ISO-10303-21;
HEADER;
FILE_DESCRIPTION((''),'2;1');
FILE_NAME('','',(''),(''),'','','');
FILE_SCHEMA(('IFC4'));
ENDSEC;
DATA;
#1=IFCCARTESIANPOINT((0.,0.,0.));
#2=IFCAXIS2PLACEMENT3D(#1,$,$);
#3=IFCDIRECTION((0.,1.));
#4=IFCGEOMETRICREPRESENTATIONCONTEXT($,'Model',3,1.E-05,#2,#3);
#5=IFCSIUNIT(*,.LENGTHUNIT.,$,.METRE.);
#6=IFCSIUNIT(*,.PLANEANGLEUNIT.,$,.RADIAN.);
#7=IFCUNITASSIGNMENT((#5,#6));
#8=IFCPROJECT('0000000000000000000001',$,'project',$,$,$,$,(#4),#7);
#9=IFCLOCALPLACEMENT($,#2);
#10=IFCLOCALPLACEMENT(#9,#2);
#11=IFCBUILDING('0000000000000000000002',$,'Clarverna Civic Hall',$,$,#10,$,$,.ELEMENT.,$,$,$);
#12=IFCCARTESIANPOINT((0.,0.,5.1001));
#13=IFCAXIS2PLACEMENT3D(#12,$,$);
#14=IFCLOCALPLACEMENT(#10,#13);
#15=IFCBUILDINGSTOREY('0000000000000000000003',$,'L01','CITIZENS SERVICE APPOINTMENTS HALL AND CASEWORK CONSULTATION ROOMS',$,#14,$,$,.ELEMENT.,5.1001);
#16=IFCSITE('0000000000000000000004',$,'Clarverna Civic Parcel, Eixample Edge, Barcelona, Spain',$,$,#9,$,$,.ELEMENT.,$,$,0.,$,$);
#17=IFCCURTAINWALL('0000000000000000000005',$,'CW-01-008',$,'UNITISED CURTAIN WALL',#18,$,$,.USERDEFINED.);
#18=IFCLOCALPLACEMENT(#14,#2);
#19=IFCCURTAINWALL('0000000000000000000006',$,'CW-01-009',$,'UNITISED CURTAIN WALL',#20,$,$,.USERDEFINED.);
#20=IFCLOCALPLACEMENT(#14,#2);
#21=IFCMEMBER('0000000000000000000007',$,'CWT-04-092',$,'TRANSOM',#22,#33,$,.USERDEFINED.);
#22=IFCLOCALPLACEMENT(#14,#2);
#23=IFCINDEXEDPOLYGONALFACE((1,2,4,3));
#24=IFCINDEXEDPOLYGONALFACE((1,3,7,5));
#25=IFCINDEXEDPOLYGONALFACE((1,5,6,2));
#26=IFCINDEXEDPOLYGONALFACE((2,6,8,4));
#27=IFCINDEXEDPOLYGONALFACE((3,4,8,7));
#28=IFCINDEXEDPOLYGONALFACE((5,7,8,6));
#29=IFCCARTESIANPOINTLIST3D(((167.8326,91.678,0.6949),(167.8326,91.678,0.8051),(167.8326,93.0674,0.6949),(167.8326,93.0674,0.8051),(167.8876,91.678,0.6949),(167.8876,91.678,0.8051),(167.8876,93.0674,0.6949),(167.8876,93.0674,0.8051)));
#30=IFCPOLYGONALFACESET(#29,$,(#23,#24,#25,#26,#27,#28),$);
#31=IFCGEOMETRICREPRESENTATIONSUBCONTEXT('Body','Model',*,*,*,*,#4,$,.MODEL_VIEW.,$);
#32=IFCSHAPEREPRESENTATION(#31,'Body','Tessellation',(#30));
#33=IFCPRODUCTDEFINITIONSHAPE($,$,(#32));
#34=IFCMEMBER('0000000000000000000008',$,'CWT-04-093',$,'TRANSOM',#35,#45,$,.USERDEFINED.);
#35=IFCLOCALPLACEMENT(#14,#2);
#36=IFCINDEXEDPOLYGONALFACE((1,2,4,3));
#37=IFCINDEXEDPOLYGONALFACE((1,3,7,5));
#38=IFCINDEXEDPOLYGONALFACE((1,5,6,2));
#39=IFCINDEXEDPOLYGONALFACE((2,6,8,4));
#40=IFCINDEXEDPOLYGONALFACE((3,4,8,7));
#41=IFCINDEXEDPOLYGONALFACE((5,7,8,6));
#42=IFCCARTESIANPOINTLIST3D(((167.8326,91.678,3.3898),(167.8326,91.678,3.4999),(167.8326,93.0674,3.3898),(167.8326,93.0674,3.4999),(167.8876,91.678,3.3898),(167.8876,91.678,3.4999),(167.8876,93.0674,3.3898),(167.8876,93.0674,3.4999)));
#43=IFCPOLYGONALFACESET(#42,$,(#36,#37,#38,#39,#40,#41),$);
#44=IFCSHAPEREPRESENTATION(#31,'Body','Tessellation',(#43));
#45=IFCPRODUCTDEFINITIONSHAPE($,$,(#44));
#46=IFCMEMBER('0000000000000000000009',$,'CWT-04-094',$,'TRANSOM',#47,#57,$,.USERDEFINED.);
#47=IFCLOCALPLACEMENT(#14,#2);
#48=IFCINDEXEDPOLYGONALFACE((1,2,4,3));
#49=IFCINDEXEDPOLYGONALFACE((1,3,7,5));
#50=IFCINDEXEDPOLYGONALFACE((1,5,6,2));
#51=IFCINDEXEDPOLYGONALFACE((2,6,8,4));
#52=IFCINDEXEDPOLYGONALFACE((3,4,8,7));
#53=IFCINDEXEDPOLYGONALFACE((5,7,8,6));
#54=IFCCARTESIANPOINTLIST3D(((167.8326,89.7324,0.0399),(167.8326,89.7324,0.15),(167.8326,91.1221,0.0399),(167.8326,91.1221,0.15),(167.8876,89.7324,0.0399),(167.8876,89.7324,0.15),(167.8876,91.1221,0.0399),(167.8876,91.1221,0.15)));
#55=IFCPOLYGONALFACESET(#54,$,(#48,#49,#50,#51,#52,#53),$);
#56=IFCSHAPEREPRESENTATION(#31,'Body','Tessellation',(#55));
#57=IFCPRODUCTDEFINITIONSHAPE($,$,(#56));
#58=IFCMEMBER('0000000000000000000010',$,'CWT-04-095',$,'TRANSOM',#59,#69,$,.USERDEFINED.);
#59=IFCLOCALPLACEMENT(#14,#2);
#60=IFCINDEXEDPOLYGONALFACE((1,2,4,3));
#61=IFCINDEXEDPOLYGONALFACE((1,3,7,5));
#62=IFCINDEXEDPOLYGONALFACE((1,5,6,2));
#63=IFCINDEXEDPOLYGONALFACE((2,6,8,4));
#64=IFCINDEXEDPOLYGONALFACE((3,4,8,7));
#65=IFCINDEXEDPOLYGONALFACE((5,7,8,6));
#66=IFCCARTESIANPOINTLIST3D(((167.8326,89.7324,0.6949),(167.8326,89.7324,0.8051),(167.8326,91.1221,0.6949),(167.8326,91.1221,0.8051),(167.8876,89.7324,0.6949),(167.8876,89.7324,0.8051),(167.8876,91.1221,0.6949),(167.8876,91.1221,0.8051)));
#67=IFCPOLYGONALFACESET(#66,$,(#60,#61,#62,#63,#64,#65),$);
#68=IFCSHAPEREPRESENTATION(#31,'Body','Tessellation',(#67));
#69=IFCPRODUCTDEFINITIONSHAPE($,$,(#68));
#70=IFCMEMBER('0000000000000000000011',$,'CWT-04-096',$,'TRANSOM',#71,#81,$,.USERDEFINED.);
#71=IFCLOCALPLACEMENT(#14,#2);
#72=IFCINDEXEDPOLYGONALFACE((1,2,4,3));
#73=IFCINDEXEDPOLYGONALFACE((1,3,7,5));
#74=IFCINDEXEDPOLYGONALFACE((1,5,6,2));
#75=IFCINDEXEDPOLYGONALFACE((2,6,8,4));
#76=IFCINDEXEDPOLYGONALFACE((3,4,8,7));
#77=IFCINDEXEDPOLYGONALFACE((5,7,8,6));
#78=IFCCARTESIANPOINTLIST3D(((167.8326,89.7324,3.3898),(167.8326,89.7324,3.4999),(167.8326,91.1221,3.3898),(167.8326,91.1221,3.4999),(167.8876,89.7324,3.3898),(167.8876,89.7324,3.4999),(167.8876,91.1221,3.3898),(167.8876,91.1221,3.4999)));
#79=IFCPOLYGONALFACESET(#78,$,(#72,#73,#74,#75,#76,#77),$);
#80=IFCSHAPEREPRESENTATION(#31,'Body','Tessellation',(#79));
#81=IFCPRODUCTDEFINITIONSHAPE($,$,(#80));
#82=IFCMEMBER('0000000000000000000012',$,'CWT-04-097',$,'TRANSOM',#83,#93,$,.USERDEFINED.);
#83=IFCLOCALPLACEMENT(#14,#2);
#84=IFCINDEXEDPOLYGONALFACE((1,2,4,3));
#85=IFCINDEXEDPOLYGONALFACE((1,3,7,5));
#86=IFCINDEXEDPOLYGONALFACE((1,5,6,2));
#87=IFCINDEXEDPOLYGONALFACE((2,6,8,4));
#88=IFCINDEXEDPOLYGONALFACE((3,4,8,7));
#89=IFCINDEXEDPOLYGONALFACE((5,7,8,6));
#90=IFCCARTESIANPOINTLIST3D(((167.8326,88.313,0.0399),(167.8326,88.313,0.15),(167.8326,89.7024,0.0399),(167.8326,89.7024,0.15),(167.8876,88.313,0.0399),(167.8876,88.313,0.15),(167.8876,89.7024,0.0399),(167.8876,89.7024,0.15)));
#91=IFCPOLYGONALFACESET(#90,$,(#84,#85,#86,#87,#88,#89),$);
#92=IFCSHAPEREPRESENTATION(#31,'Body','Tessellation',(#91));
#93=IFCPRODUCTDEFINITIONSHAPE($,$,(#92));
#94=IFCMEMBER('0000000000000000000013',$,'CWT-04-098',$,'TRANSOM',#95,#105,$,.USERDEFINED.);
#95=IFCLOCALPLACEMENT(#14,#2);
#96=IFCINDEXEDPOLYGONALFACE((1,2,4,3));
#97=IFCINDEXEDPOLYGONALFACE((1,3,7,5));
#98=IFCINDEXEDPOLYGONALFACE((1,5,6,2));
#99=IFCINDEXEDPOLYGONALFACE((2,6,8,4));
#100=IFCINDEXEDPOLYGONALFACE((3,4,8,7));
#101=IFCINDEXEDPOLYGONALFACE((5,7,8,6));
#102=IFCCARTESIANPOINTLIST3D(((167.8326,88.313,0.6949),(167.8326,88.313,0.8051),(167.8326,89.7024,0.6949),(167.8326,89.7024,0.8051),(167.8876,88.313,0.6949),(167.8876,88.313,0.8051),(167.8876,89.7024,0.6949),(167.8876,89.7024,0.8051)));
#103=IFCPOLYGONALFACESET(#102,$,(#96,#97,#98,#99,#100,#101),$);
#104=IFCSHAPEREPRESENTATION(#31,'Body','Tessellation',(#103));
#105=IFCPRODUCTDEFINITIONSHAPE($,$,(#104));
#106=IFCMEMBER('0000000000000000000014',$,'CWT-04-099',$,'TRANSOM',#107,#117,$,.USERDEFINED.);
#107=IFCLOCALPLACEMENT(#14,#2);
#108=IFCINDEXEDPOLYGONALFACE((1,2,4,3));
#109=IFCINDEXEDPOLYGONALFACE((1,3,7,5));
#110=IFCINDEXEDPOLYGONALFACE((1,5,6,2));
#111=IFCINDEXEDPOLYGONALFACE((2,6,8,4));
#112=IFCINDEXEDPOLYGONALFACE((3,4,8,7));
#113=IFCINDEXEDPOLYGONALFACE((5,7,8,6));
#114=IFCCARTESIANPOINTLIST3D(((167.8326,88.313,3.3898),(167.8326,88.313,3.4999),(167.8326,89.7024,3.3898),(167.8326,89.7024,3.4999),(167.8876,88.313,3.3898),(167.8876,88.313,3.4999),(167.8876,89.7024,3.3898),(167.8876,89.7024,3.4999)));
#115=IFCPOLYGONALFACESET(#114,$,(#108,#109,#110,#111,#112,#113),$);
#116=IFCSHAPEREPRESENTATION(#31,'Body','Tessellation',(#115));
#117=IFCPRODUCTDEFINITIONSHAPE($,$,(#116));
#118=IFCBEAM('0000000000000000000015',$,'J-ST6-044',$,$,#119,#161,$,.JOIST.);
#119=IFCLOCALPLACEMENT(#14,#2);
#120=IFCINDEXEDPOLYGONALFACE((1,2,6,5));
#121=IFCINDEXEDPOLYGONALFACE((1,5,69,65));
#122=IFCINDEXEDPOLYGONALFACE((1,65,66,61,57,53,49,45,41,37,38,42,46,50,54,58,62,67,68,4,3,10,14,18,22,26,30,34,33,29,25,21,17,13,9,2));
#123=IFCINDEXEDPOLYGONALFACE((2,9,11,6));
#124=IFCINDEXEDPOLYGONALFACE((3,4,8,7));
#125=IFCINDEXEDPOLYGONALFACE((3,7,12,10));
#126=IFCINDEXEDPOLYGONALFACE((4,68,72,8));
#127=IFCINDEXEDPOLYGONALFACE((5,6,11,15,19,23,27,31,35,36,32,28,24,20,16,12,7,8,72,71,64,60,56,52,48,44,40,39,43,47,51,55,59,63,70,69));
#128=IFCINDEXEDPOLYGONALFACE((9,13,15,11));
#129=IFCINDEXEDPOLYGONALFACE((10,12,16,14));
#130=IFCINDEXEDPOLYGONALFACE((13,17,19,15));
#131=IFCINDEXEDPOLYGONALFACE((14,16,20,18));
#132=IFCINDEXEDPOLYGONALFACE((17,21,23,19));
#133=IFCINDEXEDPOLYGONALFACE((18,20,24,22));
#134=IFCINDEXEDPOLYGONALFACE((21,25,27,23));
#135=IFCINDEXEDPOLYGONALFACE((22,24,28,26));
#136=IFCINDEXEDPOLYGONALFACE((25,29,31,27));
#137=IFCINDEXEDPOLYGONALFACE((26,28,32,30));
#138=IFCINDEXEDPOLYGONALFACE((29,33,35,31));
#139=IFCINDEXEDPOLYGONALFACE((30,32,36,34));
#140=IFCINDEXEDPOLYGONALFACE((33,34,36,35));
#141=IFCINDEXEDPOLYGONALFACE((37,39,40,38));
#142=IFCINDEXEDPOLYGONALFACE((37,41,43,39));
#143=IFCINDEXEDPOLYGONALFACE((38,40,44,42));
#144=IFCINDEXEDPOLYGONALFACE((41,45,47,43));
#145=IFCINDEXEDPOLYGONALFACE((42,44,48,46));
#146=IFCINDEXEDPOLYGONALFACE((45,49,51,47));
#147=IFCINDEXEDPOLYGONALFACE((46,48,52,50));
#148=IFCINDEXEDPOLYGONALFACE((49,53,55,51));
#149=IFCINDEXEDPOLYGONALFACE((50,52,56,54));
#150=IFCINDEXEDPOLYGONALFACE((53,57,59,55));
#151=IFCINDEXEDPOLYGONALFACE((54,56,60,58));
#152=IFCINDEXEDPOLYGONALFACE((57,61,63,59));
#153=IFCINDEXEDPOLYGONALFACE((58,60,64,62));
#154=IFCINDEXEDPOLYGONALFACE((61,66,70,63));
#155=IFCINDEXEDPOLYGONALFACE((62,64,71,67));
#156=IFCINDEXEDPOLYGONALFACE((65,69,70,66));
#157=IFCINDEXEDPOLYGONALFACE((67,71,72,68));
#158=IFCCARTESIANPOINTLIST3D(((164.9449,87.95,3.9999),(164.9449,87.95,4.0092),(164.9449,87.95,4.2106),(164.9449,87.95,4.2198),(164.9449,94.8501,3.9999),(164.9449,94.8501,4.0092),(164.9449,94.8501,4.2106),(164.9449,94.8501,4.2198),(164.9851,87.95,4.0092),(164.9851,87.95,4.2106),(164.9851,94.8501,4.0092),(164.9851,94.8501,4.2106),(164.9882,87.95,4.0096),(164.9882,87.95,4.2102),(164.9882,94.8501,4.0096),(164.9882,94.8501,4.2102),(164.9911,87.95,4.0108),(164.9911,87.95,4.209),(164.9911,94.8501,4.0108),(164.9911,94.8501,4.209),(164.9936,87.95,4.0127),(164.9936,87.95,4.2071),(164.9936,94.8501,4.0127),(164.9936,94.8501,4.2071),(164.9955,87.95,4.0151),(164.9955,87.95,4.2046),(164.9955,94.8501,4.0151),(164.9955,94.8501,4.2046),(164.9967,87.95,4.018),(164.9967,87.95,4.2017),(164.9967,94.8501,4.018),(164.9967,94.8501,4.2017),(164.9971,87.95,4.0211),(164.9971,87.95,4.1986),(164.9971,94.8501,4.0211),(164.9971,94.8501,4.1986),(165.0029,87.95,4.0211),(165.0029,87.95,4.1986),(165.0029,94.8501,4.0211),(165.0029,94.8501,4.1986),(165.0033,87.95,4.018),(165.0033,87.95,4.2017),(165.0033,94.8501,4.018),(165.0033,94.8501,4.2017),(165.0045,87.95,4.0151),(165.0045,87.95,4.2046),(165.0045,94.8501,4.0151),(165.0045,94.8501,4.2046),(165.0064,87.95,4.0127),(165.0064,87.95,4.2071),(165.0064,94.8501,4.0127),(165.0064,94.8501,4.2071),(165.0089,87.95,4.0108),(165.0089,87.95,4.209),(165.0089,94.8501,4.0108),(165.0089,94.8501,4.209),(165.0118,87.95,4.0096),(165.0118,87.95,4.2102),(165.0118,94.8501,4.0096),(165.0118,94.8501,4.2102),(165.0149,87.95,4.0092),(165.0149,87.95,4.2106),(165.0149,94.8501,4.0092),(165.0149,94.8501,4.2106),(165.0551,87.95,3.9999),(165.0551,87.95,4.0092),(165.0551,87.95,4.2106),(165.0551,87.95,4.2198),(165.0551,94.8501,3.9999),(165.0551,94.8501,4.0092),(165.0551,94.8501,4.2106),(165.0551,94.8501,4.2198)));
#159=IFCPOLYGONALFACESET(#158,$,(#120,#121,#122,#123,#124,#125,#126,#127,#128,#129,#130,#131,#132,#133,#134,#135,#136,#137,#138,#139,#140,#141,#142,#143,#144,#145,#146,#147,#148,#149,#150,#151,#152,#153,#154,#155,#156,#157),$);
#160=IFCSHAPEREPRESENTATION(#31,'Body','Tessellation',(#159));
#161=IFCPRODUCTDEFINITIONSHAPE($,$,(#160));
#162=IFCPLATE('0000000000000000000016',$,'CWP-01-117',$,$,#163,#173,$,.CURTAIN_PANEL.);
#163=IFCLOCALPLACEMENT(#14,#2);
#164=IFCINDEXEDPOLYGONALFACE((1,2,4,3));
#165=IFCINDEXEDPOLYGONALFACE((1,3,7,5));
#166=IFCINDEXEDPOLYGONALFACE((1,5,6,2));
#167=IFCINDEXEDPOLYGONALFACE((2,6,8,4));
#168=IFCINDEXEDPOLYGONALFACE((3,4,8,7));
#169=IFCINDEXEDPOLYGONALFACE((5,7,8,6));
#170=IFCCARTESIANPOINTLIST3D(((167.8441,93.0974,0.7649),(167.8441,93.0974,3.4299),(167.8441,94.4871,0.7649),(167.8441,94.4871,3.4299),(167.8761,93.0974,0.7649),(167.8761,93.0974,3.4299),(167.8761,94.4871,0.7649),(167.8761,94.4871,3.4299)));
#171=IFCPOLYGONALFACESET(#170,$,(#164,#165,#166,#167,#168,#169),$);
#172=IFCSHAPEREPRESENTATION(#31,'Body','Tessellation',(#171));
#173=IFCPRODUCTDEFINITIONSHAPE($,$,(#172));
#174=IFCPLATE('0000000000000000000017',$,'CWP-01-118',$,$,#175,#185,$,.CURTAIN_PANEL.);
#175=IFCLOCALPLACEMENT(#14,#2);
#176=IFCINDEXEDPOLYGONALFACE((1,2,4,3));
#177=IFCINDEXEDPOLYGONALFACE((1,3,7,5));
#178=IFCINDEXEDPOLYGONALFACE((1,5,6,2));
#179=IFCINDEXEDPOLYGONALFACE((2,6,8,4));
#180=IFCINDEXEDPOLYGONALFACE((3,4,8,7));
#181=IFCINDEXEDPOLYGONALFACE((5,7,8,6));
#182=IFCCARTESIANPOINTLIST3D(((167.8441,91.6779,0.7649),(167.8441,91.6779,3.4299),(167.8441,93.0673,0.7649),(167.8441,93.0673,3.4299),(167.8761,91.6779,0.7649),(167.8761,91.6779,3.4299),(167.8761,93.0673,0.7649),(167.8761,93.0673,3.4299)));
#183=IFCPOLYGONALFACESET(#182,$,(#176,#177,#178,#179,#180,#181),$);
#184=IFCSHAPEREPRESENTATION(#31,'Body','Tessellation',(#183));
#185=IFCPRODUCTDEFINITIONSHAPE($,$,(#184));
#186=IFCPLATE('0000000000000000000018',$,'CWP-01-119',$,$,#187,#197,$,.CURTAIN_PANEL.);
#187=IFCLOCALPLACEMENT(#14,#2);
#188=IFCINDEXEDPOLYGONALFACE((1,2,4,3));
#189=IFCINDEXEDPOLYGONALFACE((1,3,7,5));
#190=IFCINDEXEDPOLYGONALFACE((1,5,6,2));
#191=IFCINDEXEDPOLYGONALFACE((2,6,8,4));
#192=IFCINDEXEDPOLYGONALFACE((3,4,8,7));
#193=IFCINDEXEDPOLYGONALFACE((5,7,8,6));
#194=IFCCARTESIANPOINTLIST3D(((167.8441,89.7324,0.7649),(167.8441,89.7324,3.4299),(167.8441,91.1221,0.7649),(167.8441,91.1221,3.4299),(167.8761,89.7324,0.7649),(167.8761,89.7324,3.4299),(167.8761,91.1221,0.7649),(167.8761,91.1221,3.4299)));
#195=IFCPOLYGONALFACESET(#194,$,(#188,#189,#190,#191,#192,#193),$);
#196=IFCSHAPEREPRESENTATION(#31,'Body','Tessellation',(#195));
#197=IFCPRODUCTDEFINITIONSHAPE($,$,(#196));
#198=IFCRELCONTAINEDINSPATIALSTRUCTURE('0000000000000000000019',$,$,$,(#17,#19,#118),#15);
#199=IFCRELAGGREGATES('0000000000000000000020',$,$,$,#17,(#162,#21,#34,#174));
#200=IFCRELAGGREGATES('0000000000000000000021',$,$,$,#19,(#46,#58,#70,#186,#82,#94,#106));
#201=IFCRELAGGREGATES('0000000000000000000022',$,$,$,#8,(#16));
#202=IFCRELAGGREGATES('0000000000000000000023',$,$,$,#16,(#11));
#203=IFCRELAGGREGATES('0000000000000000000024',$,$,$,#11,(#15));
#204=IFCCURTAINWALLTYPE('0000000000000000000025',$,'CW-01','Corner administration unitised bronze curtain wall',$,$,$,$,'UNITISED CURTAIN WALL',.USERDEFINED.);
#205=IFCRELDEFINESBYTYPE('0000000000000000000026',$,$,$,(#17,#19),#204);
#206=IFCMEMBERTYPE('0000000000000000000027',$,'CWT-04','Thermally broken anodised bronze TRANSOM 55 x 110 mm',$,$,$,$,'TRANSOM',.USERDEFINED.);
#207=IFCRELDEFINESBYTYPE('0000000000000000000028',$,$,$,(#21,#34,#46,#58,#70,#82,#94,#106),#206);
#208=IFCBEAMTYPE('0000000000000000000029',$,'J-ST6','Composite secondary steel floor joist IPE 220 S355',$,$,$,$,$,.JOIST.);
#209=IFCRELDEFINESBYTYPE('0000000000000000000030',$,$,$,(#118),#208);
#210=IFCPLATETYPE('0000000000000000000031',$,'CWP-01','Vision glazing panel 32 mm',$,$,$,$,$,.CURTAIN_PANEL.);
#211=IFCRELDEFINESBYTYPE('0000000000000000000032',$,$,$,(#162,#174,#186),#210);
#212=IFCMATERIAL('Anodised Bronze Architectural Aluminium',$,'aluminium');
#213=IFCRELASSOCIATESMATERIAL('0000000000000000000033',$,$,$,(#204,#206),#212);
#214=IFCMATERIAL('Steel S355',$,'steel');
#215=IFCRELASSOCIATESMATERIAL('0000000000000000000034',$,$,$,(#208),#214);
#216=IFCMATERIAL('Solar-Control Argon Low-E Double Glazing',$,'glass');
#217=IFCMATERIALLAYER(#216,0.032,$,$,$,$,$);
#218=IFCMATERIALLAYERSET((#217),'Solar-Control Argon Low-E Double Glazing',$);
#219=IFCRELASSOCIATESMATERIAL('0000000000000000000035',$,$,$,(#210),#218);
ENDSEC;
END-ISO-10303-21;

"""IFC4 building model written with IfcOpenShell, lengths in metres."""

from ifc_helpers import new_model, si_unit, direction, frame, frame_2d, origin, origin_2d, place, context, subcontext, project, spatial, rectangle, i_section, extrude, material, layer, layer_set, material_profile, profile_set, type_object, element, aggregate, save


model = new_model("IFC4")

# Units and contexts
model_context = context("Model", 3, precision=1e-05, world=origin(), true_north=direction((0.0, 1.0)))
body_context = subcontext(model_context, "Body", "Model", "MODEL_VIEW")
ifc_project = project(units=[si_unit("LENGTHUNIT", "METRE"), si_unit("PLANEANGLEUNIT", "RADIAN")], contexts=[model_context])

# Site, building, storey
site_placement = place(None, origin())
site = spatial("IfcSite", under=ifc_project, at=site_placement, Name="Clarverna Civic Parcel, Eixample Edge, Barcelona, Spain", CompositionType="ELEMENT", RefElevation=0.0)
building_placement = place(site_placement, origin())
building = spatial("IfcBuilding", under=site, at=building_placement, Name="Clarverna Civic Hall", CompositionType="ELEMENT")
storey_placement = place(building_placement, frame((0.0, 0.0, 5.1001)))
storey = spatial("IfcBuildingStorey", under=building, at=storey_placement, Name="L01", Description="CITIZENS SERVICE APPOINTMENTS HALL AND CASEWORK CONSULTATION ROOMS", CompositionType="ELEMENT", Elevation=5.1001)

# Shared definitions
ifc_material_1 = material(Name="Anodised Bronze Architectural Aluminium", Category="aluminium")
curtain_wall_type = type_object("IfcCurtainWallType", Name="CW-01", Description="Corner administration unitised bronze curtain wall", ElementType="UNITISED CURTAIN WALL", PredefinedType="USERDEFINED", material=ifc_material_1)

# Curtain walls
curtain_wall_1_placement = place(storey_placement, origin())
curtain_wall_1 = element("IfcCurtainWall", 1, at=curtain_wall_1_placement, inside=storey, type_object=curtain_wall_type, Name="CW-01-008", ObjectType="UNITISED CURTAIN WALL", PredefinedType="USERDEFINED")
curtain_wall_2_placement = place(storey_placement, origin())
curtain_wall_2 = element("IfcCurtainWall", 2, at=curtain_wall_2_placement, inside=storey, type_object=curtain_wall_type, Name="CW-01-009", ObjectType="UNITISED CURTAIN WALL", PredefinedType="USERDEFINED")

# Members
ifc_material_profile_1 = material_profile(ifc_material_1, rectangle(XDim=0.0549, YDim=0.1101, at=origin_2d()), Name="BRONZE 55x110")
ifc_profile_set_1 = profile_set([ifc_material_profile_1], Name="Anodised Bronze Architectural Aluminium")
member_type_1 = type_object("IfcMemberType", Name="CWT-04", Description="Thermally broken anodised bronze TRANSOM 55 x 110 mm", ElementType="TRANSOM", PredefinedType="USERDEFINED", material=ifc_profile_set_1)
member_1_placement = place(storey_placement, frame((167.8601, 93.0674, 0.75), z_axis=(0.0, -1.0, 0.0), x_axis=(1.0, 0.0, 0.0)))
member_1 = element("IfcMember", 3, at=member_1_placement, type_object=member_type_1, Name="CWT-04-092", ObjectType="TRANSOM", PredefinedType="USERDEFINED", context=body_context, shape_type="SweptSolid", body=[
    extrude(rectangle(XDim=0.0549, YDim=0.1101, at=origin_2d()), origin(), (0.0, 0.0, 1.0), 1.3894),
])
member_2_placement = place(storey_placement, frame((167.8601, 93.0674, 3.4448), z_axis=(0.0, -1.0, 0.0), x_axis=(1.0, 0.0, 0.0)))
member_2 = element("IfcMember", 4, at=member_2_placement, type_object=member_type_1, Name="CWT-04-093", ObjectType="TRANSOM", PredefinedType="USERDEFINED", context=body_context, shape_type="SweptSolid", body=[
    extrude(rectangle(XDim=0.0549, YDim=0.1101, at=origin_2d()), origin(), (0.0, 0.0, 1.0), 1.3894),
])
member_3_placement = place(storey_placement, frame((167.8601, 91.1221, 0.095), z_axis=(0.0, -1.0, 0.0), x_axis=(1.0, 0.0, 0.0)))
member_3 = element("IfcMember", 5, at=member_3_placement, type_object=member_type_1, Name="CWT-04-094", ObjectType="TRANSOM", PredefinedType="USERDEFINED", context=body_context, shape_type="SweptSolid", body=[
    extrude(rectangle(XDim=0.0549, YDim=0.1101, at=origin_2d()), origin(), (0.0, 0.0, 1.0), 1.3896),
])
member_4_placement = place(storey_placement, frame((167.8601, 91.1221, 0.75), z_axis=(0.0, -1.0, 0.0), x_axis=(1.0, 0.0, 0.0)))
member_4 = element("IfcMember", 6, at=member_4_placement, type_object=member_type_1, Name="CWT-04-095", ObjectType="TRANSOM", PredefinedType="USERDEFINED", context=body_context, shape_type="SweptSolid", body=[
    extrude(rectangle(XDim=0.0549, YDim=0.1101, at=origin_2d()), origin(), (0.0, 0.0, 1.0), 1.3896),
])
member_5_placement = place(storey_placement, frame((167.8601, 91.1221, 3.4448), z_axis=(0.0, -1.0, 0.0), x_axis=(1.0, 0.0, 0.0)))
member_5 = element("IfcMember", 7, at=member_5_placement, type_object=member_type_1, Name="CWT-04-096", ObjectType="TRANSOM", PredefinedType="USERDEFINED", context=body_context, shape_type="SweptSolid", body=[
    extrude(rectangle(XDim=0.0549, YDim=0.1101, at=origin_2d()), origin(), (0.0, 0.0, 1.0), 1.3896),
])
member_6_placement = place(storey_placement, frame((167.8601, 89.7024, 0.095), z_axis=(0.0, -1.0, 0.0), x_axis=(1.0, 0.0, 0.0)))
member_6 = element("IfcMember", 8, at=member_6_placement, type_object=member_type_1, Name="CWT-04-097", ObjectType="TRANSOM", PredefinedType="USERDEFINED", context=body_context, shape_type="SweptSolid", body=[
    extrude(rectangle(XDim=0.0549, YDim=0.1101, at=origin_2d()), origin(), (0.0, 0.0, 1.0), 1.3894),
])
member_7_placement = place(storey_placement, frame((167.8601, 89.7024, 0.75), z_axis=(0.0, -1.0, 0.0), x_axis=(1.0, 0.0, 0.0)))
member_7 = element("IfcMember", 9, at=member_7_placement, type_object=member_type_1, Name="CWT-04-098", ObjectType="TRANSOM", PredefinedType="USERDEFINED", context=body_context, shape_type="SweptSolid", body=[
    extrude(rectangle(XDim=0.0549, YDim=0.1101, at=origin_2d()), origin(), (0.0, 0.0, 1.0), 1.3894),
])
member_8_placement = place(storey_placement, frame((167.8601, 89.7024, 3.4448), z_axis=(0.0, -1.0, 0.0), x_axis=(1.0, 0.0, 0.0)))
member_8 = element("IfcMember", 10, at=member_8_placement, type_object=member_type_1, Name="CWT-04-099", ObjectType="TRANSOM", PredefinedType="USERDEFINED", context=body_context, shape_type="SweptSolid", body=[
    extrude(rectangle(XDim=0.0549, YDim=0.1101, at=origin_2d()), origin(), (0.0, 0.0, 1.0), 1.3894),
])

# Beam
ifc_material_2 = material(Name="Steel S355", Category="steel")
ifc_material_profile_2 = material_profile(ifc_material_2, i_section(OverallWidth=0.1101, OverallDepth=0.22, WebThickness=0.0059, FlangeThickness=0.0093, FilletRadius=0.012, at=origin_2d()), Name="IPE 220")
ifc_profile_set_2 = profile_set([ifc_material_profile_2], Name="Steel S355")
beam_type_1 = type_object("IfcBeamType", Name="J-ST6", Description="Composite secondary steel floor joist IPE 220 S355", PredefinedType="JOIST", material=ifc_profile_set_2)
beam_1_placement = place(storey_placement, frame((165.0, 87.95, 4.1099), z_axis=(0.0, 1.0, 0.0), x_axis=(-1.0, 0.0, 0.0)))
element("IfcBeam", 11, at=beam_1_placement, inside=storey, type_object=beam_type_1, Name="J-ST6-044", PredefinedType="JOIST", context=body_context, shape_type="SweptSolid", body=[
    extrude(i_section(OverallWidth=0.1101, OverallDepth=0.22, WebThickness=0.0059, FlangeThickness=0.0093, FilletRadius=0.012, at=origin_2d()), origin(), (0.0, 0.0, 1.0), 6.9001),
])

# Plates
ifc_material_3 = material(Name="Solar-Control Argon Low-E Double Glazing", Category="glass")
ifc_layer_1 = layer(ifc_material_3, 0.032)
ifc_layer_set_1 = layer_set([ifc_layer_1], Name="Solar-Control Argon Low-E Double Glazing")
plate_type_1 = type_object("IfcPlateType", Name="CWP-01", Description="Vision glazing panel 32 mm", PredefinedType="CURTAIN_PANEL", material=ifc_layer_set_1)
plate_1_placement = place(storey_placement, frame((167.8601, 94.4871, 0.7649), z_axis=(0.0, 0.0, 1.0), x_axis=(0.0, -1.0, 0.0)))
plate_1 = element("IfcPlate", 12, at=plate_1_placement, type_object=plate_type_1, Name="CWP-01-117", PredefinedType="CURTAIN_PANEL", context=body_context, shape_type="SweptSolid", body=[
    extrude(rectangle(XDim=1.3896, YDim=0.032, at=frame_2d((0.6948, 0.0))), origin(), (0.0, 0.0, 1.0), 2.665),
])
plate_2_placement = place(storey_placement, frame((167.8601, 93.0674, 0.7649), z_axis=(0.0, 0.0, 1.0), x_axis=(0.0, -1.0, 0.0)))
plate_2 = element("IfcPlate", 13, at=plate_2_placement, type_object=plate_type_1, Name="CWP-01-118", PredefinedType="CURTAIN_PANEL", context=body_context, shape_type="SweptSolid", body=[
    extrude(rectangle(XDim=1.3894, YDim=0.032, at=frame_2d((0.6948, 0.0))), origin(), (0.0, 0.0, 1.0), 2.665),
])
plate_3_placement = place(storey_placement, frame((167.8601, 91.1221, 0.7649), z_axis=(0.0, 0.0, 1.0), x_axis=(0.0, -1.0, 0.0)))
plate_3 = element("IfcPlate", 14, at=plate_3_placement, type_object=plate_type_1, Name="CWP-01-119", PredefinedType="CURTAIN_PANEL", context=body_context, shape_type="SweptSolid", body=[
    extrude(rectangle(XDim=1.3896, YDim=0.032, at=frame_2d((0.6948, 0.0))), origin(), (0.0, 0.0, 1.0), 2.665),
])
aggregate(curtain_wall_1, [plate_1, member_1, member_2, plate_2])
aggregate(curtain_wall_2, [member_3, member_4, member_5, plate_3, member_6, member_7, member_8])

save(model, "model.ifc")
